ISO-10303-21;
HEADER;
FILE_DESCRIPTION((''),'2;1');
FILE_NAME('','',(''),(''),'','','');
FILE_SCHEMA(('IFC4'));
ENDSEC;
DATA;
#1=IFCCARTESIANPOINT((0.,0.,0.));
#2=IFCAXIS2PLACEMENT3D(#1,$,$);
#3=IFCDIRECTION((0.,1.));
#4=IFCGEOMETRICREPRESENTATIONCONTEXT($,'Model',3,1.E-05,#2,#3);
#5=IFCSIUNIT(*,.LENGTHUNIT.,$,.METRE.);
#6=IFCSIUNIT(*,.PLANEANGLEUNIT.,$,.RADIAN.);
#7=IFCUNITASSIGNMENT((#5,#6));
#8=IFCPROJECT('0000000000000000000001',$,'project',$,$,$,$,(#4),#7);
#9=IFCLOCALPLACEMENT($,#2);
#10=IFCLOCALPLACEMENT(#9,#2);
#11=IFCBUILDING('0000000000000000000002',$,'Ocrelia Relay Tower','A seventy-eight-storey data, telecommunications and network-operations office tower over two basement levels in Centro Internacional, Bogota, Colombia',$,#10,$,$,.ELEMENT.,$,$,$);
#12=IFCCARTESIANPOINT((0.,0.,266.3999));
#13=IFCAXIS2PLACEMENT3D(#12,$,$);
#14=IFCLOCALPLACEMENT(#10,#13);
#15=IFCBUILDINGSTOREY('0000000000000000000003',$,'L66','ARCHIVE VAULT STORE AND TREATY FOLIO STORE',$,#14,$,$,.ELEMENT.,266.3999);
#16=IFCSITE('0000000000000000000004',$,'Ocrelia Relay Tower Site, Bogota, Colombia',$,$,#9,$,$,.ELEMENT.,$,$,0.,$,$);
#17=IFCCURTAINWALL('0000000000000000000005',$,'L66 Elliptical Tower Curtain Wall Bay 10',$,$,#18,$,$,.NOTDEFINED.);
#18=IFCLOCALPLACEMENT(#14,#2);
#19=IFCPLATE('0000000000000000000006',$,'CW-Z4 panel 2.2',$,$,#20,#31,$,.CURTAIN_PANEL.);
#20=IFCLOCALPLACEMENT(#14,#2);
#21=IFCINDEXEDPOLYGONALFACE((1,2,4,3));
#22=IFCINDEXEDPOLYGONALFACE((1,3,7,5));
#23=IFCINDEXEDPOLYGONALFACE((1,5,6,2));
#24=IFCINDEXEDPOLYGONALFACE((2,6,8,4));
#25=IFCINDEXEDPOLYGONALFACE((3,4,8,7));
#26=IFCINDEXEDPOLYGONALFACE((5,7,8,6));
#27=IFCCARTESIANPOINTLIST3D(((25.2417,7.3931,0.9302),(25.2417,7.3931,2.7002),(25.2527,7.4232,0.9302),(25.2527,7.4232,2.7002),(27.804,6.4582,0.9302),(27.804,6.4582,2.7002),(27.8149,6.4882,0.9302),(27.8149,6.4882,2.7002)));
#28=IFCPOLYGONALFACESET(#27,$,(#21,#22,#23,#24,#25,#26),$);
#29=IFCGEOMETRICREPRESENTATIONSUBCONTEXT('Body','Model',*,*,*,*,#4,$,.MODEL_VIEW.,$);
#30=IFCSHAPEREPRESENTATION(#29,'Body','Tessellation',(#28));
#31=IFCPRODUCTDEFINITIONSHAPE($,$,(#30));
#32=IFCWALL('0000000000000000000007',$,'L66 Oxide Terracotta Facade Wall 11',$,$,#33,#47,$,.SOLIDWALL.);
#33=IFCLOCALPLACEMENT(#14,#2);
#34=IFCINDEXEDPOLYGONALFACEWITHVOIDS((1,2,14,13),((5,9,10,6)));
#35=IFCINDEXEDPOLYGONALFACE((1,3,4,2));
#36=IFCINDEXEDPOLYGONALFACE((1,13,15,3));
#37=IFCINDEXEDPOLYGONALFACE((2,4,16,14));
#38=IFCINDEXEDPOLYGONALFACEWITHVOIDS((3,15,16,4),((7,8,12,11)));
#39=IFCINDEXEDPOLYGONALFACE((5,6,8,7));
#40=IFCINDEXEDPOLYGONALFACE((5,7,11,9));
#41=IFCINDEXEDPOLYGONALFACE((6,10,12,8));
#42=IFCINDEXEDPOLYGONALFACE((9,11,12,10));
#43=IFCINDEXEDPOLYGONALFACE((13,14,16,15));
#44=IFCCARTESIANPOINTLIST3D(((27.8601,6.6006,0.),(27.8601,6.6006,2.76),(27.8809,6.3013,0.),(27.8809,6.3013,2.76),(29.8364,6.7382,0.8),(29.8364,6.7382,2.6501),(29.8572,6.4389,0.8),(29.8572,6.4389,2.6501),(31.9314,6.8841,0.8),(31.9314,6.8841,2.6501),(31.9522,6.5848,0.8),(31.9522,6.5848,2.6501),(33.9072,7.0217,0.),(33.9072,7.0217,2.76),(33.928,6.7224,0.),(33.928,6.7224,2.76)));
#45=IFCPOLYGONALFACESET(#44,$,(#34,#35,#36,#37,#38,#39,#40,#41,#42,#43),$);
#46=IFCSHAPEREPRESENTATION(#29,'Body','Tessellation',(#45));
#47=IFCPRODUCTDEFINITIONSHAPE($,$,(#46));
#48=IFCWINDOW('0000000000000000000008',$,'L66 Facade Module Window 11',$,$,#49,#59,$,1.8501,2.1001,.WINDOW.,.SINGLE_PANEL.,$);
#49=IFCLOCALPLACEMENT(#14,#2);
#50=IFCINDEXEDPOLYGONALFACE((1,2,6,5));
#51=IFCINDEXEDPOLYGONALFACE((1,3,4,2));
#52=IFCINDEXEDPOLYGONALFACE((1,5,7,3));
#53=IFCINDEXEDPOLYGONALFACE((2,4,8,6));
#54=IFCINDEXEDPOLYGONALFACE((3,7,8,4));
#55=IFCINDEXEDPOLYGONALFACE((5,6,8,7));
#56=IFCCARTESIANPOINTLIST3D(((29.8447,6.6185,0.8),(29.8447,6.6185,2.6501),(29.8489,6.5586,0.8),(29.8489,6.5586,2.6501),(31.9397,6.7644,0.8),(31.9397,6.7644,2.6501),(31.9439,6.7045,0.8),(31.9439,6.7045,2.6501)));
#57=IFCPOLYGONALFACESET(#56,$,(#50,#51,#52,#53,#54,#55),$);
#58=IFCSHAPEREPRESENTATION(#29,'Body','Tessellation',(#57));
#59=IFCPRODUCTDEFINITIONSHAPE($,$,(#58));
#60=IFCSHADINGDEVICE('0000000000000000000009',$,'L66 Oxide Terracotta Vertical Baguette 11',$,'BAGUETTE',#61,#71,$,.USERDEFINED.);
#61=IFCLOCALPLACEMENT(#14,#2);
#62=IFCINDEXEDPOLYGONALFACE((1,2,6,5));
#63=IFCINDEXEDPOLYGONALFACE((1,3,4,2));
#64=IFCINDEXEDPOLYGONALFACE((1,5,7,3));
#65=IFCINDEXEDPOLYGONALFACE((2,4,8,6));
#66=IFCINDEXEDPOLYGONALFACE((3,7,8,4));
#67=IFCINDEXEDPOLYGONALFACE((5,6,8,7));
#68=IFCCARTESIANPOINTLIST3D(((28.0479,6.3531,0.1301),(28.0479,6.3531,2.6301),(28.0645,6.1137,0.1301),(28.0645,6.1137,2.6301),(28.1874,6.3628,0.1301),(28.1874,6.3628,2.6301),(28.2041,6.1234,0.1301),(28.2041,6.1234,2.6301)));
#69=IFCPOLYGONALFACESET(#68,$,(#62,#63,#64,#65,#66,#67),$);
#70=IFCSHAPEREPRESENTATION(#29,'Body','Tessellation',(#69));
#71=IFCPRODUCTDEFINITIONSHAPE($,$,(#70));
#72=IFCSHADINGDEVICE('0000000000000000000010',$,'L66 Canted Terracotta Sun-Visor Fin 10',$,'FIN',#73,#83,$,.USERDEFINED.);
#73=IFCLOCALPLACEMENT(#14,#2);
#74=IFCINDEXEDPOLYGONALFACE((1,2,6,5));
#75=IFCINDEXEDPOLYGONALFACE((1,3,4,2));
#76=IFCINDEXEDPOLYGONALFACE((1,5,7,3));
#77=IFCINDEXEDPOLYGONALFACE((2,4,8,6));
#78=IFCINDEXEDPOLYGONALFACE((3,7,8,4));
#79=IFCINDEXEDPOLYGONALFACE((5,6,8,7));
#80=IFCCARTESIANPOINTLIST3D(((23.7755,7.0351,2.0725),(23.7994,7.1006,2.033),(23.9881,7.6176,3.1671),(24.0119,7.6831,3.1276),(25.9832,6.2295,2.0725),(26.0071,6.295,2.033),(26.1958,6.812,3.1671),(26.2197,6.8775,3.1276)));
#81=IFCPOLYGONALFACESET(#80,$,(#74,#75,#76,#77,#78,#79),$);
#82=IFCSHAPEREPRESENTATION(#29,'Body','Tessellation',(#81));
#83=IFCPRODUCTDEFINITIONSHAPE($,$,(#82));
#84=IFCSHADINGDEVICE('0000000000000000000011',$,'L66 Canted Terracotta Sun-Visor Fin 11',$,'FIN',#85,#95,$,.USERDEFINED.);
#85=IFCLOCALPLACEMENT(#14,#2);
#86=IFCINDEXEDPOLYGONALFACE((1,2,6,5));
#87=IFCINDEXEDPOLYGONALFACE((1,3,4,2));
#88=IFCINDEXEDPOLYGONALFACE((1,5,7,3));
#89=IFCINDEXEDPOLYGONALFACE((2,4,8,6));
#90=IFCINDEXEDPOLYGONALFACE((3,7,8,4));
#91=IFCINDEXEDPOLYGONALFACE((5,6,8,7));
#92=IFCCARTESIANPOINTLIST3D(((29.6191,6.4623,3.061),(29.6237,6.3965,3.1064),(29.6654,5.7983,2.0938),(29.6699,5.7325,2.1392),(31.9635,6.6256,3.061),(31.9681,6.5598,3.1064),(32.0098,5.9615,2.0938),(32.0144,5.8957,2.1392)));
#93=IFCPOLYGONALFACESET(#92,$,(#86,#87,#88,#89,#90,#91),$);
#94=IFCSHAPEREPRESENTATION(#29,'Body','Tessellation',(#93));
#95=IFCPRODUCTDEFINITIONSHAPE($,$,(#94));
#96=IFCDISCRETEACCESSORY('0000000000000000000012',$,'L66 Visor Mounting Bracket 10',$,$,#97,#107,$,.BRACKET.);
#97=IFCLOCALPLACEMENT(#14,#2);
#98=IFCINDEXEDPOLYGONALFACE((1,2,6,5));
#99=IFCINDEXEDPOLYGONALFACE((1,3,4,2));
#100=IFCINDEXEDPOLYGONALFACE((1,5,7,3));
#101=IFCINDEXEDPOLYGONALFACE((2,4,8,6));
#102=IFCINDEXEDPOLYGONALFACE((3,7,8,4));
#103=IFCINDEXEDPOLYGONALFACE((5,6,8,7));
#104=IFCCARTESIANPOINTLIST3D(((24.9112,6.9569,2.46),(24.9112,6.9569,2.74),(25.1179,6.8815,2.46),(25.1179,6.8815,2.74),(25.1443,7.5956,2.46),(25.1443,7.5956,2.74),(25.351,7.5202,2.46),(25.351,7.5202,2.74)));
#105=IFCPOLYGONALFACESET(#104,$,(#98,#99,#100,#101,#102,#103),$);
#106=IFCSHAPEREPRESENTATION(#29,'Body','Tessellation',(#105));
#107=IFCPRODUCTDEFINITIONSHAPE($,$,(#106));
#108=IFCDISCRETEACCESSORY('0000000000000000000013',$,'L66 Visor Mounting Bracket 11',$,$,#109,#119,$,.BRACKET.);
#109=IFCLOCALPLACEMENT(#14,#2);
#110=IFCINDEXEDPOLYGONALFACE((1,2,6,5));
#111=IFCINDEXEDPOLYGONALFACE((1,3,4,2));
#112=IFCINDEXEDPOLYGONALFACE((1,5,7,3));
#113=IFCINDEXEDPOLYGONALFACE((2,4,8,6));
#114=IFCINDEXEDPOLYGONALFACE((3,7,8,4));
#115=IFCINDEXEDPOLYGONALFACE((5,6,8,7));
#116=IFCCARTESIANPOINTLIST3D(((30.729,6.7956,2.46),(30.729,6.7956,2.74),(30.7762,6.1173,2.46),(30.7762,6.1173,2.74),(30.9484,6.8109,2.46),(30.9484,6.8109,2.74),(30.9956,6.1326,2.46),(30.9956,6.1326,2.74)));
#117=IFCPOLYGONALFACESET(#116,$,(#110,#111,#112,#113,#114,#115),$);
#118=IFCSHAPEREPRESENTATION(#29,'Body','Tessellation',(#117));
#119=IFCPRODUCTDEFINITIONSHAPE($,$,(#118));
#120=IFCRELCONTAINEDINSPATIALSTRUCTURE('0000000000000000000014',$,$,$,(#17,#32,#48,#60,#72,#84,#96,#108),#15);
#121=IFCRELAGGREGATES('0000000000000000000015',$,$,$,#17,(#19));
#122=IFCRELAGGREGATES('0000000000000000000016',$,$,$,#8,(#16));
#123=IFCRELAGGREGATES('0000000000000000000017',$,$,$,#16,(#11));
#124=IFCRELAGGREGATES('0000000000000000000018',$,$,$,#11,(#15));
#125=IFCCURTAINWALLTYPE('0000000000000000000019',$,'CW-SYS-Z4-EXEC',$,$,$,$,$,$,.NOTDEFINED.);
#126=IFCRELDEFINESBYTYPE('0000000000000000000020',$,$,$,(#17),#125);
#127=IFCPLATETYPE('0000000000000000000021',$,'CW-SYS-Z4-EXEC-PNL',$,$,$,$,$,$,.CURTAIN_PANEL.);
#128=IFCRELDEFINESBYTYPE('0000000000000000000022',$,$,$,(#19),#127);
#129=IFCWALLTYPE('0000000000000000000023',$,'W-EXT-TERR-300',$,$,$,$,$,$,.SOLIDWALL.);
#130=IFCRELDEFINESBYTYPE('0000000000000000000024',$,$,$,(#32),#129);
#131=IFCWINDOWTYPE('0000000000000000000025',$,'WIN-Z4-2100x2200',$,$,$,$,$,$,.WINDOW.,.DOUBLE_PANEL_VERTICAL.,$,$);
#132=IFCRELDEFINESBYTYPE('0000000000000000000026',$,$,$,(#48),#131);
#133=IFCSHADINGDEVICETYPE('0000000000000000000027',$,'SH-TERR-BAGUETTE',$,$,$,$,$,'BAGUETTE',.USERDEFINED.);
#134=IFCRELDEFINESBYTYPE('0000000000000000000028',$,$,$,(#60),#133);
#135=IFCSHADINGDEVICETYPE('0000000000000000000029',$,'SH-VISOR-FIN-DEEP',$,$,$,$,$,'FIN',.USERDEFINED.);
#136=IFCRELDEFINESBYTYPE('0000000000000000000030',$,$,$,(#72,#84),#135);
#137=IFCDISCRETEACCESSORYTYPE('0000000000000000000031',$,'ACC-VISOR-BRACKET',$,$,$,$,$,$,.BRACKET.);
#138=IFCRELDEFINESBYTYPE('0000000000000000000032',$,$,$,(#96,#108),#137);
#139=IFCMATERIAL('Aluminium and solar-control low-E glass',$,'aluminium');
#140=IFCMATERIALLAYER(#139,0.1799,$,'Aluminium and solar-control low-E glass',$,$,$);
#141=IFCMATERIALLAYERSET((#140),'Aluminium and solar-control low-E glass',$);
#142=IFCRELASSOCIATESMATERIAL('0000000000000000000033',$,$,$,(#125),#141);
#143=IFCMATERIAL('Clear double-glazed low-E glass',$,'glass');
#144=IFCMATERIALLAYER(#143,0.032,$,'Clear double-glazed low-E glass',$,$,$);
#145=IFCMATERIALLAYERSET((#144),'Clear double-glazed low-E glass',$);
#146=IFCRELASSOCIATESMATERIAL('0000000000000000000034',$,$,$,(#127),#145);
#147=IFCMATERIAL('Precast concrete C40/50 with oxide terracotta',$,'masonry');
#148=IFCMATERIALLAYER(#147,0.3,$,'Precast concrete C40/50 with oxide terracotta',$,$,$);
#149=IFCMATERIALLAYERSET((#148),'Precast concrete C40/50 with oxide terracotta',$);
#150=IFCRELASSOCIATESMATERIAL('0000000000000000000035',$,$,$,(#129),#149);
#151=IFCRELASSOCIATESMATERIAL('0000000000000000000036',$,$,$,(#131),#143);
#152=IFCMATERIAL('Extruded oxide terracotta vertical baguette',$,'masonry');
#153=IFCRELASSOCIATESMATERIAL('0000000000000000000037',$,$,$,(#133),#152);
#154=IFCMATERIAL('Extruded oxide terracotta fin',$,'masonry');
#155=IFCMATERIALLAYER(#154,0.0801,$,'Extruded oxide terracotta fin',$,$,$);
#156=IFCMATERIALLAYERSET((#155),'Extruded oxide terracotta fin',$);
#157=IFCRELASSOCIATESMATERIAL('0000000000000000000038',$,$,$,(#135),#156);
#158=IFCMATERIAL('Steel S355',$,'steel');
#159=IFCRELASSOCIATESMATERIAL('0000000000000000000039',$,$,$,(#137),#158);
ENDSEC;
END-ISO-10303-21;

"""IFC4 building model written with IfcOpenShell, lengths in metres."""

from ifc_helpers import new_model, si_unit, direction, frame, frame_2d, origin, origin_2d, place, context, subcontext, project, spatial, rectangle, extrude, material, layer, layer_set, type_object, element, fill, aggregate, save


model = new_model("IFC4")

# Units and contexts
model_context = context("Model", 3, precision=1e-05, world=origin(), true_north=direction((0.0, 1.0)))
body_context = subcontext(model_context, "Body", "Model", "MODEL_VIEW")
ifc_project = project(units=[si_unit("LENGTHUNIT", "METRE"), si_unit("PLANEANGLEUNIT", "RADIAN")], contexts=[model_context])

# Site, building, storey
site_placement = place(None, origin())
site = spatial("IfcSite", under=ifc_project, at=site_placement, Name="Ocrelia Relay Tower Site, Bogota, Colombia", CompositionType="ELEMENT", RefElevation=0.0)
building_placement = place(site_placement, origin())
building = spatial("IfcBuilding", under=site, at=building_placement, Name="Ocrelia Relay Tower", Description="A seventy-eight-storey data, telecommunications and network-operations office tower over two basement levels in Centro Internacional, Bogota, Colombia", CompositionType="ELEMENT")
storey_placement = place(building_placement, frame((0.0, 0.0, 266.3999)))
storey = spatial("IfcBuildingStorey", under=building, at=storey_placement, Name="L66", Description="ARCHIVE VAULT STORE AND TREATY FOLIO STORE", CompositionType="ELEMENT", Elevation=266.3999)

# Curtain wall, plate
ifc_material_1 = material(Name="Aluminium and solar-control low-E glass", Category="aluminium")
ifc_layer_1 = layer(ifc_material_1, 0.1799, Name="Aluminium and solar-control low-E glass")
ifc_layer_set_1 = layer_set([ifc_layer_1], Name="Aluminium and solar-control low-E glass")
curtain_wall_type = type_object("IfcCurtainWallType", Name="CW-SYS-Z4-EXEC", PredefinedType="NOTDEFINED", material=ifc_layer_set_1)
curtain_wall_placement = place(storey_placement, origin())
curtain_wall = element("IfcCurtainWall", 1, at=curtain_wall_placement, inside=storey, type_object=curtain_wall_type, Name="L66 Elliptical Tower Curtain Wall Bay 10", PredefinedType="NOTDEFINED")
ifc_material_2 = material(Name="Clear double-glazed low-E glass", Category="glass")
ifc_layer_2 = layer(ifc_material_2, 0.032, Name="Clear double-glazed low-E glass")
ifc_layer_set_2 = layer_set([ifc_layer_2], Name="Clear double-glazed low-E glass")
plate_type = type_object("IfcPlateType", Name="CW-SYS-Z4-EXEC-PNL", PredefinedType="CURTAIN_PANEL", material=ifc_layer_set_2)
plate_1_placement = place(storey_placement, frame((26.5283, 6.9407, 0.9302), z_axis=(0.0, 0.0, 1.0), x_axis=(0.939409, -0.342799, 0.0)))
plate_1 = element("IfcPlate", 2, at=plate_1_placement, type_object=plate_type, Name="CW-Z4 panel 2.2", PredefinedType="CURTAIN_PANEL", context=body_context, shape_type="SweptSolid", body=[
    extrude(rectangle(XDim=2.7275, YDim=0.032, at=origin_2d()), origin(), (0.0, 0.0, 1.0), 1.77),
])
aggregate(curtain_wall, [plate_1])

# Wall, opening, window
ifc_material_3 = material(Name="Precast concrete C40/50 with oxide terracotta", Category="masonry")
ifc_layer_3 = layer(ifc_material_3, 0.3, Name="Precast concrete C40/50 with oxide terracotta")
ifc_layer_set_3 = layer_set([ifc_layer_3], Name="Precast concrete C40/50 with oxide terracotta")
wall_type = type_object("IfcWallType", Name="W-EXT-TERR-300", PredefinedType="SOLIDWALL", material=ifc_layer_set_3)
wall_placement = place(storey_placement, frame((27.8706, 6.4509, 0.0), z_axis=(0.0, 0.0, 1.0), x_axis=(0.997584, 0.069475, 0.0)))
wall = element("IfcWall", 3, at=wall_placement, inside=storey, type_object=wall_type, Name="L66 Oxide Terracotta Facade Wall 11", PredefinedType="SOLIDWALL", context=body_context, shape_type="SweptSolid", body=[
    extrude(rectangle(XDim=6.0618, YDim=0.3, at=frame_2d((3.0308, 0.0))), origin(), (0.0, 0.0, 1.0), 2.76),
])
opening_placement = place(wall_placement, frame((1.981, 0.0, 0.8)))
opening = element("IfcOpeningElement", 4, at=opening_placement, cuts=wall, PredefinedType="OPENING", context=body_context, shape_type="SweptSolid", body=[
    extrude(rectangle(XDim=2.1001, YDim=1.8501, at=frame_2d((1.05, 0.925))), frame((0.0, 0.1602, 0.0), z_axis=(0.0, -1.0, 0.0), x_axis=(1.0, 0.0, 0.0)), (0.0, 0.0, 1.0), 0.3201),
])
window_type = type_object("IfcWindowType", Name="WIN-Z4-2100x2200", PartitioningType="DOUBLE_PANEL_VERTICAL", PredefinedType="WINDOW", material=ifc_material_2)
window_placement = place(opening_placement, origin())
window = element("IfcWindow", 5, at=window_placement, inside=storey, type_object=window_type, Name="L66 Facade Module Window 11", OverallHeight=1.8501, OverallWidth=2.1001, PartitioningType="SINGLE_PANEL", PredefinedType="WINDOW", context=body_context, shape_type="SweptSolid", body=[
    extrude(rectangle(XDim=2.1001, YDim=1.8501, at=frame_2d((1.05, 0.925))), frame((0.0, 0.03, 0.0), z_axis=(0.0, -1.0, 0.0), x_axis=(1.0, 0.0, 0.0)), (0.0, 0.0, 1.0), 0.0601),
])
fill(opening, window)

# Shading devices
ifc_material_4 = material(Name="Extruded oxide terracotta vertical baguette", Category="masonry")
shading_device_type_1 = type_object("IfcShadingDeviceType", Name="SH-TERR-BAGUETTE", ElementType="BAGUETTE", PredefinedType="USERDEFINED", material=ifc_material_4)
shading_device_1_placement = place(storey_placement, frame((28.126, 6.2383, 0.1301), z_axis=(0.0, 0.0, 1.0), x_axis=(0.997585, 0.069451, 0.0)))
element("IfcShadingDevice", 6, at=shading_device_1_placement, inside=storey, type_object=shading_device_type_1, Name="L66 Oxide Terracotta Vertical Baguette 11", ObjectType="BAGUETTE", PredefinedType="USERDEFINED", context=body_context, shape_type="SweptSolid", body=[
    extrude(rectangle(XDim=0.1399, YDim=0.24, at=origin_2d()), origin(), (0.0, 0.0, 1.0), 2.5),
])
ifc_material_5 = material(Name="Extruded oxide terracotta fin", Category="masonry")
ifc_layer_4 = layer(ifc_material_5, 0.0801, Name="Extruded oxide terracotta fin")
ifc_layer_set_4 = layer_set([ifc_layer_4], Name="Extruded oxide terracotta fin")
shading_device_type_2 = type_object("IfcShadingDeviceType", Name="SH-VISOR-FIN-DEEP", ElementType="FIN", PredefinedType="USERDEFINED", material=ifc_layer_set_4)
shading_device_2_placement = place(storey_placement, frame((25.0095, 6.989, 2.5803), z_axis=(-0.298268, -0.817378, 0.492879), x_axis=(0.939409, -0.342799, 0.0)))
element("IfcShadingDevice", 7, at=shading_device_2_placement, inside=storey, type_object=shading_device_type_2, Name="L66 Canted Terracotta Sun-Visor Fin 10", ObjectType="FIN", PredefinedType="USERDEFINED", context=body_context, shape_type="SweptSolid", body=[
    extrude(rectangle(XDim=2.3501, YDim=1.2581, at=origin_2d()), origin(), (0.0, 0.0, 1.0), 0.0801),
])
shading_device_3_placement = place(storey_placement, frame((30.8145, 6.2119, 2.5774), z_axis=(0.057209, -0.821742, 0.566981), x_axis=(0.997585, 0.069451, 0.0)))
element("IfcShadingDevice", 8, at=shading_device_3_placement, inside=storey, type_object=shading_device_type_2, Name="L66 Canted Terracotta Sun-Visor Fin 11", ObjectType="FIN", PredefinedType="USERDEFINED", context=body_context, shape_type="SweptSolid", body=[
    extrude(rectangle(XDim=2.3501, YDim=1.1741, at=origin_2d()), origin(), (0.0, 0.0, 1.0), 0.0801),
])

# Discrete accessories
ifc_material_6 = material(Name="Steel S355", Category="steel")
discrete_accessory_type = type_object("IfcDiscreteAccessoryType", Name="ACC-VISOR-BRACKET", PredefinedType="BRACKET", material=ifc_material_6)
for number, where, z_axis, x_axis, name in (
    (9, (25.1311, 7.2385, 2.46), (0.0, 0.0, 1.0), (0.939409, -0.342799, 0.0), "L66 Visor Mounting Bracket 10"),
    (10, (30.8623, 6.4641, 2.46), (0.0, 0.0, 1.0), (0.997585, 0.069451, 0.0), "L66 Visor Mounting Bracket 11"),
):
    element("IfcDiscreteAccessory", number, at=place(storey_placement, frame(where, z_axis=z_axis, x_axis=x_axis)), inside=storey, type_object=discrete_accessory_type, Name=name, PredefinedType="BRACKET", context=body_context, shape_type="SweptSolid", body=[
        extrude(rectangle(XDim=0.22, YDim=0.6799, at=origin_2d()), origin(), (0.0, 0.0, 1.0), 0.28),
    ])

save(model, "model.ifc")
